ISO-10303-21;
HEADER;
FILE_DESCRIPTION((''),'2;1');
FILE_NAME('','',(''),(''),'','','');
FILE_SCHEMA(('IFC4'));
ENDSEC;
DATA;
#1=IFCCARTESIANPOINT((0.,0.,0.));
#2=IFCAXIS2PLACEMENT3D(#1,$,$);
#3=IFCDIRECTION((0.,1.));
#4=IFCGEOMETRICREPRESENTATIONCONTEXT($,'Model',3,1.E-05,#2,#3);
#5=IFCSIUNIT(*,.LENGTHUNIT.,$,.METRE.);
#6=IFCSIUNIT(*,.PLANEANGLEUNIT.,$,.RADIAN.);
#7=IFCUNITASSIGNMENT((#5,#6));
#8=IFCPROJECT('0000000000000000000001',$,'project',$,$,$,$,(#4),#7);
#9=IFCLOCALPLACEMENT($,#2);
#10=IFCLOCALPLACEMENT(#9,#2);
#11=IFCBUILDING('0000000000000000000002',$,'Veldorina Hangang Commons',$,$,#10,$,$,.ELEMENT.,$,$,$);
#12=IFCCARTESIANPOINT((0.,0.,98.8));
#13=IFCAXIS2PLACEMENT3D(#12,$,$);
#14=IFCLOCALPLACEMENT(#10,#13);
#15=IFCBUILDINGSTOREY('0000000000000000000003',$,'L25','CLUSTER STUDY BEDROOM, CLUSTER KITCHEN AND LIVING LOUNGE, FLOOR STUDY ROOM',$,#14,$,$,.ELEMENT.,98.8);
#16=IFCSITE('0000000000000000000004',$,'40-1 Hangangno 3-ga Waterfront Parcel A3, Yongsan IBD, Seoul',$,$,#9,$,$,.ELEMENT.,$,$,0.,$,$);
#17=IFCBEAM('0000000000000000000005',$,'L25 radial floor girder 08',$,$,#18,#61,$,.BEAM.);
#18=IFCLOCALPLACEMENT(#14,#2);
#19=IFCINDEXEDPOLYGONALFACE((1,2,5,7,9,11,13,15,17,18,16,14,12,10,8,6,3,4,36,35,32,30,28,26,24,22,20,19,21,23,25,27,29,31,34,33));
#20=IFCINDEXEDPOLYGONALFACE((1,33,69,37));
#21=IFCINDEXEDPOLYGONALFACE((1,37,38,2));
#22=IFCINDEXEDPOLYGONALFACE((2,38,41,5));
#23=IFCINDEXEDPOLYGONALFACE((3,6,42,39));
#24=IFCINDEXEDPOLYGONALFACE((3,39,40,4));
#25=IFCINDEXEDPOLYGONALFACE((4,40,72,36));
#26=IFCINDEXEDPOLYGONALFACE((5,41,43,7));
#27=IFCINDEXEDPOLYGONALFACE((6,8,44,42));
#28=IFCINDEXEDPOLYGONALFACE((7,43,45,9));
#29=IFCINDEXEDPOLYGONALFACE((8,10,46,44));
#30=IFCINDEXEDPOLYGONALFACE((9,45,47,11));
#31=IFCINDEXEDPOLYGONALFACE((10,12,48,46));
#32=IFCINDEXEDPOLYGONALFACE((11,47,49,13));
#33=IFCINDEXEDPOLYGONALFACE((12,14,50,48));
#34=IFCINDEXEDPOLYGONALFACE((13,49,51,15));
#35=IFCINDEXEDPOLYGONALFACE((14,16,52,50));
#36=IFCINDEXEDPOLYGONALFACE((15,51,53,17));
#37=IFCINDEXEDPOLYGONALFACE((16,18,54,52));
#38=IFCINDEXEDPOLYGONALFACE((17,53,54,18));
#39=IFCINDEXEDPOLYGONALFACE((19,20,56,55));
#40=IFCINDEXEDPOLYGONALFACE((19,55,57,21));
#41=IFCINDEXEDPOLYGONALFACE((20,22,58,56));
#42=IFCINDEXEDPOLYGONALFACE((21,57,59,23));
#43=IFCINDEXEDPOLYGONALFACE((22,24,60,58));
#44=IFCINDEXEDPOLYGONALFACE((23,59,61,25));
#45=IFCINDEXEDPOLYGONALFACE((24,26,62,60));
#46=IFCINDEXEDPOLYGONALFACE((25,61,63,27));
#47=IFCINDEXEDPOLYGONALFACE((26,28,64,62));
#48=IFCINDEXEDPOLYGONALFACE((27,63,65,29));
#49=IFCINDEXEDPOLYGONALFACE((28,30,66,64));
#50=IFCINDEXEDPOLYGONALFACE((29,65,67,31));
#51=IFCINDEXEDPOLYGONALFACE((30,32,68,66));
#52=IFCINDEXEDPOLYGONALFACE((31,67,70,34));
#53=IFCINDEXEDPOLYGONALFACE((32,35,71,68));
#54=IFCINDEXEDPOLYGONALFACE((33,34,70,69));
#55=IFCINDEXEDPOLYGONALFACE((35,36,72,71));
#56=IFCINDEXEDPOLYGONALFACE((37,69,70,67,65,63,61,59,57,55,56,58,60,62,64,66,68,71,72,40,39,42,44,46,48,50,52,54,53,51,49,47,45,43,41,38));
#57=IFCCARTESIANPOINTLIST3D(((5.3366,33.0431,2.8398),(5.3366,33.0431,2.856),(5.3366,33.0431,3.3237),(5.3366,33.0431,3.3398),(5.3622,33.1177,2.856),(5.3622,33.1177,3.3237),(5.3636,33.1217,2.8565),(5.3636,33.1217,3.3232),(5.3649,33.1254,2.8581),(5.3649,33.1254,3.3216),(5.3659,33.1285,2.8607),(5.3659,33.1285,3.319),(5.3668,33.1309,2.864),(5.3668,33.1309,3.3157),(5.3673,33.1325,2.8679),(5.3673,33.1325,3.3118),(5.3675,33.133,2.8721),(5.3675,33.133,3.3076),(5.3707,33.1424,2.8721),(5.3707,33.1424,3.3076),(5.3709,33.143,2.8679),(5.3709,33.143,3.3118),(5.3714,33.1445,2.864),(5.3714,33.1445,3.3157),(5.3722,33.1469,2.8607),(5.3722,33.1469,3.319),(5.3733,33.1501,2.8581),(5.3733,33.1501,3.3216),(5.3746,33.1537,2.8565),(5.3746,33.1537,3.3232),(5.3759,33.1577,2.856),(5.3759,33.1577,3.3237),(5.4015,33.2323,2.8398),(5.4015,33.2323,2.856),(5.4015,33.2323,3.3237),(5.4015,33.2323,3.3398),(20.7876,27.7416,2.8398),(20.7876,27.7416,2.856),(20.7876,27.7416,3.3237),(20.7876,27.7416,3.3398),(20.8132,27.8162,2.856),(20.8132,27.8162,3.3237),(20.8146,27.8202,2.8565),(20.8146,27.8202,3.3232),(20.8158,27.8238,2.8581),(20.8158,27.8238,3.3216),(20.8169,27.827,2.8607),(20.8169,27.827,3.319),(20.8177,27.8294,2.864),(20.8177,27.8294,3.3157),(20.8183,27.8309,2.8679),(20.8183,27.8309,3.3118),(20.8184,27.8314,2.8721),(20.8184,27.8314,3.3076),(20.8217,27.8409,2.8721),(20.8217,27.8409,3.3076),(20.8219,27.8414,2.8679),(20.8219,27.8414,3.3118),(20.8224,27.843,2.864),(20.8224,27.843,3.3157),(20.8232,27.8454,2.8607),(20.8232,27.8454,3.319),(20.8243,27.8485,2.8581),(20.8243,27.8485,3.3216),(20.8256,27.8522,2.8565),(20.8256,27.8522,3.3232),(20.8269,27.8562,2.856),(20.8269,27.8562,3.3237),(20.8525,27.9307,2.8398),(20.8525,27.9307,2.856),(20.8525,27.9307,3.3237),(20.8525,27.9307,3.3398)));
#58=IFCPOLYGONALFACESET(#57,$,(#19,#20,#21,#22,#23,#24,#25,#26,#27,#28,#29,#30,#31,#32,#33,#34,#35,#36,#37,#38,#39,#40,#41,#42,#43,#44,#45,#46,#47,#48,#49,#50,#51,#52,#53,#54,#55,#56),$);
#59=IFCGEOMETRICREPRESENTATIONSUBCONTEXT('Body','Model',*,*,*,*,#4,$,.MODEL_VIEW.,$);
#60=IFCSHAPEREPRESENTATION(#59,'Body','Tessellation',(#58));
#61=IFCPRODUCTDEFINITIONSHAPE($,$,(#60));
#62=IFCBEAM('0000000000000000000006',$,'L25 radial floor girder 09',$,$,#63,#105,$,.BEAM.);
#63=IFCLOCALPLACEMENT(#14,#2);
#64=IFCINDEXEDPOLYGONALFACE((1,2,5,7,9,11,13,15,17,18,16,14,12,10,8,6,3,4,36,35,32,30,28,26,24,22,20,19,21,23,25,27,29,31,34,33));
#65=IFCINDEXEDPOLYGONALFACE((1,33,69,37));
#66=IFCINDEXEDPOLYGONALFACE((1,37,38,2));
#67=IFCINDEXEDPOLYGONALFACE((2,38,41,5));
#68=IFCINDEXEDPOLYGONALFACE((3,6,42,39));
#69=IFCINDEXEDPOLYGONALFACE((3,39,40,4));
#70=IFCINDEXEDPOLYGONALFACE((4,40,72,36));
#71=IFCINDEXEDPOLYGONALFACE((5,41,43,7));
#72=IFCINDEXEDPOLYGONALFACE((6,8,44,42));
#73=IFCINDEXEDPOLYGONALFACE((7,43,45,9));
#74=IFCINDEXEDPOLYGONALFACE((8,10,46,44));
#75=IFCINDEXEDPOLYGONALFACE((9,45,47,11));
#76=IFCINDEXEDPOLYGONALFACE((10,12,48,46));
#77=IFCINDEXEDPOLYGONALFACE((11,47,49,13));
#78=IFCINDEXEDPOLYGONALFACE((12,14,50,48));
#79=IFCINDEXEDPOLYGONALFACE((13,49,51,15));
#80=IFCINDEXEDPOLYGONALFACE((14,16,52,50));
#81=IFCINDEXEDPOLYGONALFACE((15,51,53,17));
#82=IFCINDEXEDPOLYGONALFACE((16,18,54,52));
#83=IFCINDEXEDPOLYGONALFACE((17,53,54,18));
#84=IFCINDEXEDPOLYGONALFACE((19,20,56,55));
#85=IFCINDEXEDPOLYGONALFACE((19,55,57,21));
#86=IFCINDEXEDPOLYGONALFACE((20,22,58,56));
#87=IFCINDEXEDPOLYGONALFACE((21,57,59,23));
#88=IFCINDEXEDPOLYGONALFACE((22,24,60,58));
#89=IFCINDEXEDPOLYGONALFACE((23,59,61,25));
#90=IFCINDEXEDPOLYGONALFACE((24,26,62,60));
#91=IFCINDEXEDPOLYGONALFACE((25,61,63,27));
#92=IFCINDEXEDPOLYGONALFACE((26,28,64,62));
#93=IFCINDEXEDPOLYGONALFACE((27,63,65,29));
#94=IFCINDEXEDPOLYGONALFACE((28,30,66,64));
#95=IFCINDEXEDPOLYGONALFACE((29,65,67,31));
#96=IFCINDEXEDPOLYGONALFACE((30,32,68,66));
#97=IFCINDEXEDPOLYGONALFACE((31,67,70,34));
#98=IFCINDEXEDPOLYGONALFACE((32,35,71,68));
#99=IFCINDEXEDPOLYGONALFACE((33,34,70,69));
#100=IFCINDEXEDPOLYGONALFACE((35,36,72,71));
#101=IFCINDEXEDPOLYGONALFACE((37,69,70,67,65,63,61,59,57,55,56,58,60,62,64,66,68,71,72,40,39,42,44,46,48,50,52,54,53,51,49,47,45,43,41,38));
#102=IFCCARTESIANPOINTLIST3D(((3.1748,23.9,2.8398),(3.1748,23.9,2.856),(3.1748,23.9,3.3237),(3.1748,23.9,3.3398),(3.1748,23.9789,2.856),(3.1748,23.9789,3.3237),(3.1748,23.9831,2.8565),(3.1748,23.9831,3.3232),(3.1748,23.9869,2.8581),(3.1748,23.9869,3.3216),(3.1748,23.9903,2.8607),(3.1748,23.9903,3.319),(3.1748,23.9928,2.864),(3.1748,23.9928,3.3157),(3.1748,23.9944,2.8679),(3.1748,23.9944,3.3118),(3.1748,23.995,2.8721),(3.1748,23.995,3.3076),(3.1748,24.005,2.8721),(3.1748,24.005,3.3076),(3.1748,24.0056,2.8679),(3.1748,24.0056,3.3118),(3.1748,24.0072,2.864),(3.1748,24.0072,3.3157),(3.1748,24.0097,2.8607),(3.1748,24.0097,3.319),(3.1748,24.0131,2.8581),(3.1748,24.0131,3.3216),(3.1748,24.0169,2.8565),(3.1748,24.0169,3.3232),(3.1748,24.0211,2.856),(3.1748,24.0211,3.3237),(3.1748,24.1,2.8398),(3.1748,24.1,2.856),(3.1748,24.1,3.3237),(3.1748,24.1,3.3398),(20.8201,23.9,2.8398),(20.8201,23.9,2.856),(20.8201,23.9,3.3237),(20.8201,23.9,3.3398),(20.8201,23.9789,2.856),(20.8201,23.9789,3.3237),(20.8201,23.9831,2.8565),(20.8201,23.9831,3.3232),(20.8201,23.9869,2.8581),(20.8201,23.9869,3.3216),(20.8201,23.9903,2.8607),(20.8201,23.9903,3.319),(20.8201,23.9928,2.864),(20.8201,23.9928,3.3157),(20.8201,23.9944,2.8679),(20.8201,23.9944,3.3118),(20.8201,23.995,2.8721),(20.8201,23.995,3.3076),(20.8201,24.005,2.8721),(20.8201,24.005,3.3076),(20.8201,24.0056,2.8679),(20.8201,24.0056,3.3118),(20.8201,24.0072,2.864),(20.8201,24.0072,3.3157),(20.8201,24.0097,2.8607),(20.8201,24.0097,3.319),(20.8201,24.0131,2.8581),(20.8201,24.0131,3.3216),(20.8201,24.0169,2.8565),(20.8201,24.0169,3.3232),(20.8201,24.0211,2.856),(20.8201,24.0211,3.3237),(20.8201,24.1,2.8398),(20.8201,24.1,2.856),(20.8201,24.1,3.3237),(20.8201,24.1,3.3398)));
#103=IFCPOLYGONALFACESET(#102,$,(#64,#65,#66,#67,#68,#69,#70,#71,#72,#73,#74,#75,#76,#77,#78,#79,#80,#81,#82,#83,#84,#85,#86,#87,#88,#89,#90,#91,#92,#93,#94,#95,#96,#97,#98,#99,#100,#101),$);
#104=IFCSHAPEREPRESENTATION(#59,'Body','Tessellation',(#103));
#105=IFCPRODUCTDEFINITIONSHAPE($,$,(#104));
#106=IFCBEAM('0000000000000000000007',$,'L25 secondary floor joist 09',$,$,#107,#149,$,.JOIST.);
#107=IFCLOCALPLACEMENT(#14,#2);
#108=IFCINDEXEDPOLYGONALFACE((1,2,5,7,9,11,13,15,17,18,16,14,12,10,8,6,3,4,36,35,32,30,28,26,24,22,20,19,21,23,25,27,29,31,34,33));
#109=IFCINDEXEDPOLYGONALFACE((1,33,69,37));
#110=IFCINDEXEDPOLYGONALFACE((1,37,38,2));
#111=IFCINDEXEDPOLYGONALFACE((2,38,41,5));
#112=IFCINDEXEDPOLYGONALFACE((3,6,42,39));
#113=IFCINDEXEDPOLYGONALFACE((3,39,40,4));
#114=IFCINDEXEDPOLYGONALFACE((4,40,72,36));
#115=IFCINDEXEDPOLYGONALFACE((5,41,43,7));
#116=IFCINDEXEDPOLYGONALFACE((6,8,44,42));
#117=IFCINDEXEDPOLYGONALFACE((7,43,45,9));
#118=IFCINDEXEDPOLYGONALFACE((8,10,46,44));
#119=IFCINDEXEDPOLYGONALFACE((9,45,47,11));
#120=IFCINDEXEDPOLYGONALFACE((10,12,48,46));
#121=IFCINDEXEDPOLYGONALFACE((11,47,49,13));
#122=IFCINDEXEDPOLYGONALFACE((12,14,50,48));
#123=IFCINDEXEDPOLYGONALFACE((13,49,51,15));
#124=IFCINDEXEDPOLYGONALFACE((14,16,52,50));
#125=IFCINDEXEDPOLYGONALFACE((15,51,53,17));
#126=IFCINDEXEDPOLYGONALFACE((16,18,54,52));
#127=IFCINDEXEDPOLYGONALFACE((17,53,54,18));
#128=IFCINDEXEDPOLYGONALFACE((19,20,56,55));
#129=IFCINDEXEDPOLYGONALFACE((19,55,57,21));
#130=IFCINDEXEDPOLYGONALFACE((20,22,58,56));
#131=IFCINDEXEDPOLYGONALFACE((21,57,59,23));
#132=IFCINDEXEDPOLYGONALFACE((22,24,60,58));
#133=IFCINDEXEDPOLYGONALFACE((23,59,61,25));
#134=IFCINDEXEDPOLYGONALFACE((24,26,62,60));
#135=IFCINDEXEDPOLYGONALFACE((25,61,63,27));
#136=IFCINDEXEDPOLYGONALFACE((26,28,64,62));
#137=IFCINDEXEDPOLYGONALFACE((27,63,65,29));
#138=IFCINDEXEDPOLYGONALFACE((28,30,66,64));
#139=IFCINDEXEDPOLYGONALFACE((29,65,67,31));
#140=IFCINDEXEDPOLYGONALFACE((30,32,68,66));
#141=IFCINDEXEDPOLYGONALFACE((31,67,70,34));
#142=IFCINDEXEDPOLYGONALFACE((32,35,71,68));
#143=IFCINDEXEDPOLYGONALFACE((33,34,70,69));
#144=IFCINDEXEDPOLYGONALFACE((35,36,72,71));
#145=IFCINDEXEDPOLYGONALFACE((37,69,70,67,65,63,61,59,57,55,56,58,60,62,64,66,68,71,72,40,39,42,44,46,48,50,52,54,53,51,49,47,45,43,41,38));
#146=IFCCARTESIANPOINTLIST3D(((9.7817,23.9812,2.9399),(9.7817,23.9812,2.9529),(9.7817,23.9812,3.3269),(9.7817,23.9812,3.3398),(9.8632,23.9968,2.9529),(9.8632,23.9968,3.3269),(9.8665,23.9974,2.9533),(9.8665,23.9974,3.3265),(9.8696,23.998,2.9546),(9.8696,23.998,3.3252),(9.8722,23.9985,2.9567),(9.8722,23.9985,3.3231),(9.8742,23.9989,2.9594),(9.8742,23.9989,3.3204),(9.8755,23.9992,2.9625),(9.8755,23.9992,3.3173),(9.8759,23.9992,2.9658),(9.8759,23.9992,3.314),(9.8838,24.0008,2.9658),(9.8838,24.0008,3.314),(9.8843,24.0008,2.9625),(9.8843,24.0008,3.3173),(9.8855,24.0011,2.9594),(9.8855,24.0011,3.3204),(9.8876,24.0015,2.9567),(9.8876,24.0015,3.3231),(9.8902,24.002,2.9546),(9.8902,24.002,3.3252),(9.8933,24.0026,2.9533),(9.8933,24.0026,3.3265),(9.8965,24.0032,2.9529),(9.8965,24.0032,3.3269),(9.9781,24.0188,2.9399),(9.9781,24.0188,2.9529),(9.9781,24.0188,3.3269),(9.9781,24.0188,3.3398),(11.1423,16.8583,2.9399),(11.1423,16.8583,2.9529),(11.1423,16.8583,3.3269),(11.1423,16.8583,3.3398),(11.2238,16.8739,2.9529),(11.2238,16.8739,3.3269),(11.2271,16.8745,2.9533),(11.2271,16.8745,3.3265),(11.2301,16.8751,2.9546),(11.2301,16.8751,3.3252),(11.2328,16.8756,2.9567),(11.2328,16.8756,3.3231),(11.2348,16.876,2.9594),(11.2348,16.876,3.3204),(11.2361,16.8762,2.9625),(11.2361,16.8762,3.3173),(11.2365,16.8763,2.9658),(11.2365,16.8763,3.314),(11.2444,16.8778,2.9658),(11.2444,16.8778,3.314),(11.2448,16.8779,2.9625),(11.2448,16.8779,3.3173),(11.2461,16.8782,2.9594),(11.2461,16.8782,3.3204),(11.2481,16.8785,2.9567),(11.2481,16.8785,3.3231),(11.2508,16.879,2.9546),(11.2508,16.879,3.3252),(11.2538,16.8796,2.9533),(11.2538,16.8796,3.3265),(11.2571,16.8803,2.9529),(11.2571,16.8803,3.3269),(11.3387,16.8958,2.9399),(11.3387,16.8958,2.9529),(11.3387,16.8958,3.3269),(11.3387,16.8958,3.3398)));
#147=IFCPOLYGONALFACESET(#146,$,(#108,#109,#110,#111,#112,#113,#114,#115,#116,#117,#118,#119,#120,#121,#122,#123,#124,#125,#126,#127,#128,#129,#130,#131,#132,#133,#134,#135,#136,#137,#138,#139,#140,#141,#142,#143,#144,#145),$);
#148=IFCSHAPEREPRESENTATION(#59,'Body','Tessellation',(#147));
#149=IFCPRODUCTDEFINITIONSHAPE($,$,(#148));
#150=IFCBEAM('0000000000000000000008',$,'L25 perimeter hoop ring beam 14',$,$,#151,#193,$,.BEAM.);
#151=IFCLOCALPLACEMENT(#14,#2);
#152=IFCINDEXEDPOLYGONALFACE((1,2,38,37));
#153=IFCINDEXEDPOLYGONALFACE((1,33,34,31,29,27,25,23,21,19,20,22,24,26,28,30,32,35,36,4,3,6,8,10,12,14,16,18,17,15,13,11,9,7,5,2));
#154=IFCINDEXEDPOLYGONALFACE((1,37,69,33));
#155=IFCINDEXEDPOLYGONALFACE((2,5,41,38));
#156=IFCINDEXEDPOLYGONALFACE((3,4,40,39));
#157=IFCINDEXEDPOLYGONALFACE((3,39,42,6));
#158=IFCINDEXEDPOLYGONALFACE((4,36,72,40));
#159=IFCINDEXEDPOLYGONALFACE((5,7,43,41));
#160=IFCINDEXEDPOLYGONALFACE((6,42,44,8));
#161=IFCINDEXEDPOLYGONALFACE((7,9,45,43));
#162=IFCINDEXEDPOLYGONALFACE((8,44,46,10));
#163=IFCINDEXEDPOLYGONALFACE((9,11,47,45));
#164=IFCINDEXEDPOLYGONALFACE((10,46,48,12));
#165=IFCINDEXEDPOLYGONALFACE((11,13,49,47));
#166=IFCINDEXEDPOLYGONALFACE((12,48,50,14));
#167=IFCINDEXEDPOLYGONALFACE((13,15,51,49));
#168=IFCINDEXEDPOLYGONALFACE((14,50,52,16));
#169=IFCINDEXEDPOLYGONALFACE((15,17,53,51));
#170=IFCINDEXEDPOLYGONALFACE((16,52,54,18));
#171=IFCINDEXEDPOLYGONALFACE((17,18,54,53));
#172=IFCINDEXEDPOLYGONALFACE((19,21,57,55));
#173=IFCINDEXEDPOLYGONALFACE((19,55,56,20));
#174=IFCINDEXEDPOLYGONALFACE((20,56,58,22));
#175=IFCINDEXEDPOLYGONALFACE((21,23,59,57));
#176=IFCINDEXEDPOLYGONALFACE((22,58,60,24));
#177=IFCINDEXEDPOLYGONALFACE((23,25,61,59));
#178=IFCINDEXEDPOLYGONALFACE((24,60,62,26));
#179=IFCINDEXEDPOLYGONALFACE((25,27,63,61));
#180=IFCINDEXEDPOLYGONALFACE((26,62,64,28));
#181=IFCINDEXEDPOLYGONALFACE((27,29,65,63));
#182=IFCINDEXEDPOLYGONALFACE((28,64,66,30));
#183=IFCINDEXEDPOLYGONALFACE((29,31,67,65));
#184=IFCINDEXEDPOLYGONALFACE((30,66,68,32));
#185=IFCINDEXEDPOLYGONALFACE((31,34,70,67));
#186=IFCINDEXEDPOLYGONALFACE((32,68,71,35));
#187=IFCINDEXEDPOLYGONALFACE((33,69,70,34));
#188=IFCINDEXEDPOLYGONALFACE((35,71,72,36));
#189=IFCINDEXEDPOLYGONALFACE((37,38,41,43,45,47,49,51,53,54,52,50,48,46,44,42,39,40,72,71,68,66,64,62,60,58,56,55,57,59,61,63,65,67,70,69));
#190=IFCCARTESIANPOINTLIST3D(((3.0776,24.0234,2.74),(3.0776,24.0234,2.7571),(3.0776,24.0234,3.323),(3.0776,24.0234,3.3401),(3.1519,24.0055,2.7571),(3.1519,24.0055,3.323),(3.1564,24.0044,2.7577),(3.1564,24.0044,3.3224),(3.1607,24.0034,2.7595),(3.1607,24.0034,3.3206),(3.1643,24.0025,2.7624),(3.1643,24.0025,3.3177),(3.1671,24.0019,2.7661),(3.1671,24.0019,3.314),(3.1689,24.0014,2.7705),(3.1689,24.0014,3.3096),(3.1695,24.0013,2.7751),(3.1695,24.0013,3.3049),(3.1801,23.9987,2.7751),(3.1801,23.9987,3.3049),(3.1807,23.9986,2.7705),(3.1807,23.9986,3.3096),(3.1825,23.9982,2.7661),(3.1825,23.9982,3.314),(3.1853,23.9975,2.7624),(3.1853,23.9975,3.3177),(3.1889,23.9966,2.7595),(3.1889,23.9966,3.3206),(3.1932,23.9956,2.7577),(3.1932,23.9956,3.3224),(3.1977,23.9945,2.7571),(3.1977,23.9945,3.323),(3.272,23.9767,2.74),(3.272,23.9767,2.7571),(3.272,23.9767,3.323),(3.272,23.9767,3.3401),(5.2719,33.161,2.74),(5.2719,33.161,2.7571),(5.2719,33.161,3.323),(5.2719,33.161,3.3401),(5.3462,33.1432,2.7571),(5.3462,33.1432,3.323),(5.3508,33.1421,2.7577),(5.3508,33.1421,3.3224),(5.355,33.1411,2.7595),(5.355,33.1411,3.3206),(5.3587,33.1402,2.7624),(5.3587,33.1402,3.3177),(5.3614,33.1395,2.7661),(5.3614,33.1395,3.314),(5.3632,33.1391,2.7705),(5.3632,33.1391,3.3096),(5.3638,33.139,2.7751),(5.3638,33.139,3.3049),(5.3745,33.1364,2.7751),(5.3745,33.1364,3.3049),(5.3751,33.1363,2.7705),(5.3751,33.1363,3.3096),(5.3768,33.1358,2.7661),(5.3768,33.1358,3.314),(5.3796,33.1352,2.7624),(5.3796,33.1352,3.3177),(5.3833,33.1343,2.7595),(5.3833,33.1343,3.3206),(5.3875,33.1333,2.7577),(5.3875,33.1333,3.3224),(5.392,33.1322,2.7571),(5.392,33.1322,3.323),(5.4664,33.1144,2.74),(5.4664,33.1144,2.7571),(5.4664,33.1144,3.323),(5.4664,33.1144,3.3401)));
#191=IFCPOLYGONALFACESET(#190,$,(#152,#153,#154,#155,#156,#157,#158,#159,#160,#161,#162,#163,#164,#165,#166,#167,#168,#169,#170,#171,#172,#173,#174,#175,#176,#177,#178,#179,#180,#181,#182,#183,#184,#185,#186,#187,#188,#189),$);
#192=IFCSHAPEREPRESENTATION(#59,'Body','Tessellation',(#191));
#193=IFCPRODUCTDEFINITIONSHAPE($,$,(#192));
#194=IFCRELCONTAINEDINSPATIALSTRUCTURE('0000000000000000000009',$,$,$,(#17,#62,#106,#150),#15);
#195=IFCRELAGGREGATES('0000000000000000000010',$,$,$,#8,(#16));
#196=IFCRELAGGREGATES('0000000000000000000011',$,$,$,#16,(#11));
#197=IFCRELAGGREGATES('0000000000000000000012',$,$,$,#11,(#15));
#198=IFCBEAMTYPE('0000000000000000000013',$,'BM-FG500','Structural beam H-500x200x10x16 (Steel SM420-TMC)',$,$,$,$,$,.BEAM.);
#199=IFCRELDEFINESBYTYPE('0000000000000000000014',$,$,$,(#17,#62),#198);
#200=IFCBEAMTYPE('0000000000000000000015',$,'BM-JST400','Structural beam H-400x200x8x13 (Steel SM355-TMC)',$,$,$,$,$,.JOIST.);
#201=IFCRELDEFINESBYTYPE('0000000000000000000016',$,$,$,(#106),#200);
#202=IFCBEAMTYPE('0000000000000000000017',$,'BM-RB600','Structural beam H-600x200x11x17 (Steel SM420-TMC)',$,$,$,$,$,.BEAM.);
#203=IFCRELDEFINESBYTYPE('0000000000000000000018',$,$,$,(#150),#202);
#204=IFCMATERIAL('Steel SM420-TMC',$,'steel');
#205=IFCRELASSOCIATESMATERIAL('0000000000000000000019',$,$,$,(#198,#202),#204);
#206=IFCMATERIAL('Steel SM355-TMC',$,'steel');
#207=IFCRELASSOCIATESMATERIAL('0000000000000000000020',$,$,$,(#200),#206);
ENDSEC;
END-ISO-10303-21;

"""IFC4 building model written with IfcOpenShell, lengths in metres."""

from ifc_helpers import new_model, si_unit, direction, frame, origin, origin_2d, place, context, subcontext, project, spatial, i_section, extrude, material, material_profile, profile_set, type_object, element, save


model = new_model("IFC4")

# Units and contexts
model_context = context("Model", 3, precision=1e-05, world=origin(), true_north=direction((0.0, 1.0)))
body_context = subcontext(model_context, "Body", "Model", "MODEL_VIEW")
ifc_project = project(units=[si_unit("LENGTHUNIT", "METRE"), si_unit("PLANEANGLEUNIT", "RADIAN")], contexts=[model_context])

# Site, building, storey
site_placement = place(None, origin())
site = spatial("IfcSite", under=ifc_project, at=site_placement, Name="40-1 Hangangno 3-ga Waterfront Parcel A3, Yongsan IBD, Seoul", CompositionType="ELEMENT", RefElevation=0.0)
building_placement = place(site_placement, origin())
building = spatial("IfcBuilding", under=site, at=building_placement, Name="Veldorina Hangang Commons", CompositionType="ELEMENT")
storey_placement = place(building_placement, frame((0.0, 0.0, 98.8)))
storey = spatial("IfcBuildingStorey", under=building, at=storey_placement, Name="L25", Description="CLUSTER STUDY BEDROOM, CLUSTER KITCHEN AND LIVING LOUNGE, FLOOR STUDY ROOM", CompositionType="ELEMENT", Elevation=98.8)

# Beams
ifc_material_1 = material(Name="Steel SM420-TMC", Category="steel")
ifc_material_profile_1 = material_profile(ifc_material_1, i_section(OverallWidth=0.2, OverallDepth=0.5, WebThickness=0.01, FlangeThickness=0.0161, FilletRadius=0.0161, at=origin_2d()), Name="H-500x200x10x16")
ifc_profile_set_1 = profile_set([ifc_material_profile_1], Name="Steel SM420-TMC")
beam_type_1 = type_object("IfcBeamType", Name="BM-FG500", Description="Structural beam H-500x200x10x16 (Steel SM420-TMC)", PredefinedType="BEAM", material=ifc_profile_set_1)
beam_1_placement = place(storey_placement, frame((20.8201, 27.8362, 3.0898), z_axis=(-0.94587, 0.324546, 0.0), x_axis=(-0.324546, -0.94587, 0.0)))
element("IfcBeam", 1, at=beam_1_placement, inside=storey, type_object=beam_type_1, Name="L25 radial floor girder 08", PredefinedType="BEAM", context=body_context, shape_type="SweptSolid", body=[
    extrude(i_section(OverallWidth=0.2, OverallDepth=0.5, WebThickness=0.01, FlangeThickness=0.0161, FilletRadius=0.0161, at=origin_2d()), origin(), (0.0, 0.0, 1.0), 16.3352),
])
beam_2_placement = place(storey_placement, frame((20.8201, 24.0, 3.0898), z_axis=(-1.0, 0.0, 0.0), x_axis=(0.0, -1.0, 0.0)))
element("IfcBeam", 2, at=beam_2_placement, inside=storey, type_object=beam_type_1, Name="L25 radial floor girder 09", PredefinedType="BEAM", context=body_context, shape_type="SweptSolid", body=[
    extrude(i_section(OverallWidth=0.2, OverallDepth=0.5, WebThickness=0.01, FlangeThickness=0.0161, FilletRadius=0.0161, at=origin_2d()), origin(), (0.0, 0.0, 1.0), 17.6453),
])
ifc_material_2 = material(Name="Steel SM355-TMC", Category="steel")
ifc_material_profile_2 = material_profile(ifc_material_2, i_section(OverallWidth=0.2, OverallDepth=0.3999, WebThickness=0.0081, FlangeThickness=0.0129, FilletRadius=0.0129, at=origin_2d()), Name="H-400x200x8x13")
ifc_profile_set_2 = profile_set([ifc_material_profile_2], Name="Steel SM355-TMC")
beam_type_2 = type_object("IfcBeamType", Name="BM-JST400", Description="Structural beam H-400x200x8x13 (Steel SM355-TMC)", PredefinedType="JOIST", material=ifc_profile_set_2)
beam_3_placement = place(storey_placement, frame((9.8799, 24.0, 3.1399), z_axis=(0.187621, -0.982241, 0.0), x_axis=(0.982241, 0.187621, 0.0)))
element("IfcBeam", 3, at=beam_3_placement, inside=storey, type_object=beam_type_2, Name="L25 secondary floor joist 09", PredefinedType="JOIST", context=body_context, shape_type="SweptSolid", body=[
    extrude(i_section(OverallWidth=0.2, OverallDepth=0.3999, WebThickness=0.0081, FlangeThickness=0.0129, FilletRadius=0.0129, at=origin_2d()), origin(), (0.0, 0.0, 1.0), 7.2517),
])
ifc_material_profile_3 = material_profile(ifc_material_1, i_section(OverallWidth=0.2, OverallDepth=0.6001, WebThickness=0.011, FlangeThickness=0.0171, FilletRadius=0.0181, at=origin_2d()), Name="H-600x200x11x17")
ifc_profile_set_3 = profile_set([ifc_material_profile_3], Name="Steel SM420-TMC")
beam_type_3 = type_object("IfcBeamType", Name="BM-RB600", Description="Structural beam H-600x200x11x17 (Steel SM420-TMC)", PredefinedType="BEAM", material=ifc_profile_set_3)
for number, where, z_axis, x_axis, name in (
    (4, (5.3691, 33.1377, 3.04), (-0.233503, -0.972356, 0.0), (0.972356, -0.233503, 0.0), "L25 perimeter hoop ring beam 14"),
):
    element("IfcBeam", number, at=place(storey_placement, frame(where, z_axis=z_axis, x_axis=x_axis)), inside=storey, type_object=beam_type_3, Name=name, PredefinedType="BEAM", context=body_context, shape_type="SweptSolid", body=[
        extrude(i_section(OverallWidth=0.2, OverallDepth=0.6001, WebThickness=0.011, FlangeThickness=0.0171, FilletRadius=0.0181, at=origin_2d()), origin(), (0.0, 0.0, 1.0), 9.3975),
    ])

save(model, "model.ifc")
